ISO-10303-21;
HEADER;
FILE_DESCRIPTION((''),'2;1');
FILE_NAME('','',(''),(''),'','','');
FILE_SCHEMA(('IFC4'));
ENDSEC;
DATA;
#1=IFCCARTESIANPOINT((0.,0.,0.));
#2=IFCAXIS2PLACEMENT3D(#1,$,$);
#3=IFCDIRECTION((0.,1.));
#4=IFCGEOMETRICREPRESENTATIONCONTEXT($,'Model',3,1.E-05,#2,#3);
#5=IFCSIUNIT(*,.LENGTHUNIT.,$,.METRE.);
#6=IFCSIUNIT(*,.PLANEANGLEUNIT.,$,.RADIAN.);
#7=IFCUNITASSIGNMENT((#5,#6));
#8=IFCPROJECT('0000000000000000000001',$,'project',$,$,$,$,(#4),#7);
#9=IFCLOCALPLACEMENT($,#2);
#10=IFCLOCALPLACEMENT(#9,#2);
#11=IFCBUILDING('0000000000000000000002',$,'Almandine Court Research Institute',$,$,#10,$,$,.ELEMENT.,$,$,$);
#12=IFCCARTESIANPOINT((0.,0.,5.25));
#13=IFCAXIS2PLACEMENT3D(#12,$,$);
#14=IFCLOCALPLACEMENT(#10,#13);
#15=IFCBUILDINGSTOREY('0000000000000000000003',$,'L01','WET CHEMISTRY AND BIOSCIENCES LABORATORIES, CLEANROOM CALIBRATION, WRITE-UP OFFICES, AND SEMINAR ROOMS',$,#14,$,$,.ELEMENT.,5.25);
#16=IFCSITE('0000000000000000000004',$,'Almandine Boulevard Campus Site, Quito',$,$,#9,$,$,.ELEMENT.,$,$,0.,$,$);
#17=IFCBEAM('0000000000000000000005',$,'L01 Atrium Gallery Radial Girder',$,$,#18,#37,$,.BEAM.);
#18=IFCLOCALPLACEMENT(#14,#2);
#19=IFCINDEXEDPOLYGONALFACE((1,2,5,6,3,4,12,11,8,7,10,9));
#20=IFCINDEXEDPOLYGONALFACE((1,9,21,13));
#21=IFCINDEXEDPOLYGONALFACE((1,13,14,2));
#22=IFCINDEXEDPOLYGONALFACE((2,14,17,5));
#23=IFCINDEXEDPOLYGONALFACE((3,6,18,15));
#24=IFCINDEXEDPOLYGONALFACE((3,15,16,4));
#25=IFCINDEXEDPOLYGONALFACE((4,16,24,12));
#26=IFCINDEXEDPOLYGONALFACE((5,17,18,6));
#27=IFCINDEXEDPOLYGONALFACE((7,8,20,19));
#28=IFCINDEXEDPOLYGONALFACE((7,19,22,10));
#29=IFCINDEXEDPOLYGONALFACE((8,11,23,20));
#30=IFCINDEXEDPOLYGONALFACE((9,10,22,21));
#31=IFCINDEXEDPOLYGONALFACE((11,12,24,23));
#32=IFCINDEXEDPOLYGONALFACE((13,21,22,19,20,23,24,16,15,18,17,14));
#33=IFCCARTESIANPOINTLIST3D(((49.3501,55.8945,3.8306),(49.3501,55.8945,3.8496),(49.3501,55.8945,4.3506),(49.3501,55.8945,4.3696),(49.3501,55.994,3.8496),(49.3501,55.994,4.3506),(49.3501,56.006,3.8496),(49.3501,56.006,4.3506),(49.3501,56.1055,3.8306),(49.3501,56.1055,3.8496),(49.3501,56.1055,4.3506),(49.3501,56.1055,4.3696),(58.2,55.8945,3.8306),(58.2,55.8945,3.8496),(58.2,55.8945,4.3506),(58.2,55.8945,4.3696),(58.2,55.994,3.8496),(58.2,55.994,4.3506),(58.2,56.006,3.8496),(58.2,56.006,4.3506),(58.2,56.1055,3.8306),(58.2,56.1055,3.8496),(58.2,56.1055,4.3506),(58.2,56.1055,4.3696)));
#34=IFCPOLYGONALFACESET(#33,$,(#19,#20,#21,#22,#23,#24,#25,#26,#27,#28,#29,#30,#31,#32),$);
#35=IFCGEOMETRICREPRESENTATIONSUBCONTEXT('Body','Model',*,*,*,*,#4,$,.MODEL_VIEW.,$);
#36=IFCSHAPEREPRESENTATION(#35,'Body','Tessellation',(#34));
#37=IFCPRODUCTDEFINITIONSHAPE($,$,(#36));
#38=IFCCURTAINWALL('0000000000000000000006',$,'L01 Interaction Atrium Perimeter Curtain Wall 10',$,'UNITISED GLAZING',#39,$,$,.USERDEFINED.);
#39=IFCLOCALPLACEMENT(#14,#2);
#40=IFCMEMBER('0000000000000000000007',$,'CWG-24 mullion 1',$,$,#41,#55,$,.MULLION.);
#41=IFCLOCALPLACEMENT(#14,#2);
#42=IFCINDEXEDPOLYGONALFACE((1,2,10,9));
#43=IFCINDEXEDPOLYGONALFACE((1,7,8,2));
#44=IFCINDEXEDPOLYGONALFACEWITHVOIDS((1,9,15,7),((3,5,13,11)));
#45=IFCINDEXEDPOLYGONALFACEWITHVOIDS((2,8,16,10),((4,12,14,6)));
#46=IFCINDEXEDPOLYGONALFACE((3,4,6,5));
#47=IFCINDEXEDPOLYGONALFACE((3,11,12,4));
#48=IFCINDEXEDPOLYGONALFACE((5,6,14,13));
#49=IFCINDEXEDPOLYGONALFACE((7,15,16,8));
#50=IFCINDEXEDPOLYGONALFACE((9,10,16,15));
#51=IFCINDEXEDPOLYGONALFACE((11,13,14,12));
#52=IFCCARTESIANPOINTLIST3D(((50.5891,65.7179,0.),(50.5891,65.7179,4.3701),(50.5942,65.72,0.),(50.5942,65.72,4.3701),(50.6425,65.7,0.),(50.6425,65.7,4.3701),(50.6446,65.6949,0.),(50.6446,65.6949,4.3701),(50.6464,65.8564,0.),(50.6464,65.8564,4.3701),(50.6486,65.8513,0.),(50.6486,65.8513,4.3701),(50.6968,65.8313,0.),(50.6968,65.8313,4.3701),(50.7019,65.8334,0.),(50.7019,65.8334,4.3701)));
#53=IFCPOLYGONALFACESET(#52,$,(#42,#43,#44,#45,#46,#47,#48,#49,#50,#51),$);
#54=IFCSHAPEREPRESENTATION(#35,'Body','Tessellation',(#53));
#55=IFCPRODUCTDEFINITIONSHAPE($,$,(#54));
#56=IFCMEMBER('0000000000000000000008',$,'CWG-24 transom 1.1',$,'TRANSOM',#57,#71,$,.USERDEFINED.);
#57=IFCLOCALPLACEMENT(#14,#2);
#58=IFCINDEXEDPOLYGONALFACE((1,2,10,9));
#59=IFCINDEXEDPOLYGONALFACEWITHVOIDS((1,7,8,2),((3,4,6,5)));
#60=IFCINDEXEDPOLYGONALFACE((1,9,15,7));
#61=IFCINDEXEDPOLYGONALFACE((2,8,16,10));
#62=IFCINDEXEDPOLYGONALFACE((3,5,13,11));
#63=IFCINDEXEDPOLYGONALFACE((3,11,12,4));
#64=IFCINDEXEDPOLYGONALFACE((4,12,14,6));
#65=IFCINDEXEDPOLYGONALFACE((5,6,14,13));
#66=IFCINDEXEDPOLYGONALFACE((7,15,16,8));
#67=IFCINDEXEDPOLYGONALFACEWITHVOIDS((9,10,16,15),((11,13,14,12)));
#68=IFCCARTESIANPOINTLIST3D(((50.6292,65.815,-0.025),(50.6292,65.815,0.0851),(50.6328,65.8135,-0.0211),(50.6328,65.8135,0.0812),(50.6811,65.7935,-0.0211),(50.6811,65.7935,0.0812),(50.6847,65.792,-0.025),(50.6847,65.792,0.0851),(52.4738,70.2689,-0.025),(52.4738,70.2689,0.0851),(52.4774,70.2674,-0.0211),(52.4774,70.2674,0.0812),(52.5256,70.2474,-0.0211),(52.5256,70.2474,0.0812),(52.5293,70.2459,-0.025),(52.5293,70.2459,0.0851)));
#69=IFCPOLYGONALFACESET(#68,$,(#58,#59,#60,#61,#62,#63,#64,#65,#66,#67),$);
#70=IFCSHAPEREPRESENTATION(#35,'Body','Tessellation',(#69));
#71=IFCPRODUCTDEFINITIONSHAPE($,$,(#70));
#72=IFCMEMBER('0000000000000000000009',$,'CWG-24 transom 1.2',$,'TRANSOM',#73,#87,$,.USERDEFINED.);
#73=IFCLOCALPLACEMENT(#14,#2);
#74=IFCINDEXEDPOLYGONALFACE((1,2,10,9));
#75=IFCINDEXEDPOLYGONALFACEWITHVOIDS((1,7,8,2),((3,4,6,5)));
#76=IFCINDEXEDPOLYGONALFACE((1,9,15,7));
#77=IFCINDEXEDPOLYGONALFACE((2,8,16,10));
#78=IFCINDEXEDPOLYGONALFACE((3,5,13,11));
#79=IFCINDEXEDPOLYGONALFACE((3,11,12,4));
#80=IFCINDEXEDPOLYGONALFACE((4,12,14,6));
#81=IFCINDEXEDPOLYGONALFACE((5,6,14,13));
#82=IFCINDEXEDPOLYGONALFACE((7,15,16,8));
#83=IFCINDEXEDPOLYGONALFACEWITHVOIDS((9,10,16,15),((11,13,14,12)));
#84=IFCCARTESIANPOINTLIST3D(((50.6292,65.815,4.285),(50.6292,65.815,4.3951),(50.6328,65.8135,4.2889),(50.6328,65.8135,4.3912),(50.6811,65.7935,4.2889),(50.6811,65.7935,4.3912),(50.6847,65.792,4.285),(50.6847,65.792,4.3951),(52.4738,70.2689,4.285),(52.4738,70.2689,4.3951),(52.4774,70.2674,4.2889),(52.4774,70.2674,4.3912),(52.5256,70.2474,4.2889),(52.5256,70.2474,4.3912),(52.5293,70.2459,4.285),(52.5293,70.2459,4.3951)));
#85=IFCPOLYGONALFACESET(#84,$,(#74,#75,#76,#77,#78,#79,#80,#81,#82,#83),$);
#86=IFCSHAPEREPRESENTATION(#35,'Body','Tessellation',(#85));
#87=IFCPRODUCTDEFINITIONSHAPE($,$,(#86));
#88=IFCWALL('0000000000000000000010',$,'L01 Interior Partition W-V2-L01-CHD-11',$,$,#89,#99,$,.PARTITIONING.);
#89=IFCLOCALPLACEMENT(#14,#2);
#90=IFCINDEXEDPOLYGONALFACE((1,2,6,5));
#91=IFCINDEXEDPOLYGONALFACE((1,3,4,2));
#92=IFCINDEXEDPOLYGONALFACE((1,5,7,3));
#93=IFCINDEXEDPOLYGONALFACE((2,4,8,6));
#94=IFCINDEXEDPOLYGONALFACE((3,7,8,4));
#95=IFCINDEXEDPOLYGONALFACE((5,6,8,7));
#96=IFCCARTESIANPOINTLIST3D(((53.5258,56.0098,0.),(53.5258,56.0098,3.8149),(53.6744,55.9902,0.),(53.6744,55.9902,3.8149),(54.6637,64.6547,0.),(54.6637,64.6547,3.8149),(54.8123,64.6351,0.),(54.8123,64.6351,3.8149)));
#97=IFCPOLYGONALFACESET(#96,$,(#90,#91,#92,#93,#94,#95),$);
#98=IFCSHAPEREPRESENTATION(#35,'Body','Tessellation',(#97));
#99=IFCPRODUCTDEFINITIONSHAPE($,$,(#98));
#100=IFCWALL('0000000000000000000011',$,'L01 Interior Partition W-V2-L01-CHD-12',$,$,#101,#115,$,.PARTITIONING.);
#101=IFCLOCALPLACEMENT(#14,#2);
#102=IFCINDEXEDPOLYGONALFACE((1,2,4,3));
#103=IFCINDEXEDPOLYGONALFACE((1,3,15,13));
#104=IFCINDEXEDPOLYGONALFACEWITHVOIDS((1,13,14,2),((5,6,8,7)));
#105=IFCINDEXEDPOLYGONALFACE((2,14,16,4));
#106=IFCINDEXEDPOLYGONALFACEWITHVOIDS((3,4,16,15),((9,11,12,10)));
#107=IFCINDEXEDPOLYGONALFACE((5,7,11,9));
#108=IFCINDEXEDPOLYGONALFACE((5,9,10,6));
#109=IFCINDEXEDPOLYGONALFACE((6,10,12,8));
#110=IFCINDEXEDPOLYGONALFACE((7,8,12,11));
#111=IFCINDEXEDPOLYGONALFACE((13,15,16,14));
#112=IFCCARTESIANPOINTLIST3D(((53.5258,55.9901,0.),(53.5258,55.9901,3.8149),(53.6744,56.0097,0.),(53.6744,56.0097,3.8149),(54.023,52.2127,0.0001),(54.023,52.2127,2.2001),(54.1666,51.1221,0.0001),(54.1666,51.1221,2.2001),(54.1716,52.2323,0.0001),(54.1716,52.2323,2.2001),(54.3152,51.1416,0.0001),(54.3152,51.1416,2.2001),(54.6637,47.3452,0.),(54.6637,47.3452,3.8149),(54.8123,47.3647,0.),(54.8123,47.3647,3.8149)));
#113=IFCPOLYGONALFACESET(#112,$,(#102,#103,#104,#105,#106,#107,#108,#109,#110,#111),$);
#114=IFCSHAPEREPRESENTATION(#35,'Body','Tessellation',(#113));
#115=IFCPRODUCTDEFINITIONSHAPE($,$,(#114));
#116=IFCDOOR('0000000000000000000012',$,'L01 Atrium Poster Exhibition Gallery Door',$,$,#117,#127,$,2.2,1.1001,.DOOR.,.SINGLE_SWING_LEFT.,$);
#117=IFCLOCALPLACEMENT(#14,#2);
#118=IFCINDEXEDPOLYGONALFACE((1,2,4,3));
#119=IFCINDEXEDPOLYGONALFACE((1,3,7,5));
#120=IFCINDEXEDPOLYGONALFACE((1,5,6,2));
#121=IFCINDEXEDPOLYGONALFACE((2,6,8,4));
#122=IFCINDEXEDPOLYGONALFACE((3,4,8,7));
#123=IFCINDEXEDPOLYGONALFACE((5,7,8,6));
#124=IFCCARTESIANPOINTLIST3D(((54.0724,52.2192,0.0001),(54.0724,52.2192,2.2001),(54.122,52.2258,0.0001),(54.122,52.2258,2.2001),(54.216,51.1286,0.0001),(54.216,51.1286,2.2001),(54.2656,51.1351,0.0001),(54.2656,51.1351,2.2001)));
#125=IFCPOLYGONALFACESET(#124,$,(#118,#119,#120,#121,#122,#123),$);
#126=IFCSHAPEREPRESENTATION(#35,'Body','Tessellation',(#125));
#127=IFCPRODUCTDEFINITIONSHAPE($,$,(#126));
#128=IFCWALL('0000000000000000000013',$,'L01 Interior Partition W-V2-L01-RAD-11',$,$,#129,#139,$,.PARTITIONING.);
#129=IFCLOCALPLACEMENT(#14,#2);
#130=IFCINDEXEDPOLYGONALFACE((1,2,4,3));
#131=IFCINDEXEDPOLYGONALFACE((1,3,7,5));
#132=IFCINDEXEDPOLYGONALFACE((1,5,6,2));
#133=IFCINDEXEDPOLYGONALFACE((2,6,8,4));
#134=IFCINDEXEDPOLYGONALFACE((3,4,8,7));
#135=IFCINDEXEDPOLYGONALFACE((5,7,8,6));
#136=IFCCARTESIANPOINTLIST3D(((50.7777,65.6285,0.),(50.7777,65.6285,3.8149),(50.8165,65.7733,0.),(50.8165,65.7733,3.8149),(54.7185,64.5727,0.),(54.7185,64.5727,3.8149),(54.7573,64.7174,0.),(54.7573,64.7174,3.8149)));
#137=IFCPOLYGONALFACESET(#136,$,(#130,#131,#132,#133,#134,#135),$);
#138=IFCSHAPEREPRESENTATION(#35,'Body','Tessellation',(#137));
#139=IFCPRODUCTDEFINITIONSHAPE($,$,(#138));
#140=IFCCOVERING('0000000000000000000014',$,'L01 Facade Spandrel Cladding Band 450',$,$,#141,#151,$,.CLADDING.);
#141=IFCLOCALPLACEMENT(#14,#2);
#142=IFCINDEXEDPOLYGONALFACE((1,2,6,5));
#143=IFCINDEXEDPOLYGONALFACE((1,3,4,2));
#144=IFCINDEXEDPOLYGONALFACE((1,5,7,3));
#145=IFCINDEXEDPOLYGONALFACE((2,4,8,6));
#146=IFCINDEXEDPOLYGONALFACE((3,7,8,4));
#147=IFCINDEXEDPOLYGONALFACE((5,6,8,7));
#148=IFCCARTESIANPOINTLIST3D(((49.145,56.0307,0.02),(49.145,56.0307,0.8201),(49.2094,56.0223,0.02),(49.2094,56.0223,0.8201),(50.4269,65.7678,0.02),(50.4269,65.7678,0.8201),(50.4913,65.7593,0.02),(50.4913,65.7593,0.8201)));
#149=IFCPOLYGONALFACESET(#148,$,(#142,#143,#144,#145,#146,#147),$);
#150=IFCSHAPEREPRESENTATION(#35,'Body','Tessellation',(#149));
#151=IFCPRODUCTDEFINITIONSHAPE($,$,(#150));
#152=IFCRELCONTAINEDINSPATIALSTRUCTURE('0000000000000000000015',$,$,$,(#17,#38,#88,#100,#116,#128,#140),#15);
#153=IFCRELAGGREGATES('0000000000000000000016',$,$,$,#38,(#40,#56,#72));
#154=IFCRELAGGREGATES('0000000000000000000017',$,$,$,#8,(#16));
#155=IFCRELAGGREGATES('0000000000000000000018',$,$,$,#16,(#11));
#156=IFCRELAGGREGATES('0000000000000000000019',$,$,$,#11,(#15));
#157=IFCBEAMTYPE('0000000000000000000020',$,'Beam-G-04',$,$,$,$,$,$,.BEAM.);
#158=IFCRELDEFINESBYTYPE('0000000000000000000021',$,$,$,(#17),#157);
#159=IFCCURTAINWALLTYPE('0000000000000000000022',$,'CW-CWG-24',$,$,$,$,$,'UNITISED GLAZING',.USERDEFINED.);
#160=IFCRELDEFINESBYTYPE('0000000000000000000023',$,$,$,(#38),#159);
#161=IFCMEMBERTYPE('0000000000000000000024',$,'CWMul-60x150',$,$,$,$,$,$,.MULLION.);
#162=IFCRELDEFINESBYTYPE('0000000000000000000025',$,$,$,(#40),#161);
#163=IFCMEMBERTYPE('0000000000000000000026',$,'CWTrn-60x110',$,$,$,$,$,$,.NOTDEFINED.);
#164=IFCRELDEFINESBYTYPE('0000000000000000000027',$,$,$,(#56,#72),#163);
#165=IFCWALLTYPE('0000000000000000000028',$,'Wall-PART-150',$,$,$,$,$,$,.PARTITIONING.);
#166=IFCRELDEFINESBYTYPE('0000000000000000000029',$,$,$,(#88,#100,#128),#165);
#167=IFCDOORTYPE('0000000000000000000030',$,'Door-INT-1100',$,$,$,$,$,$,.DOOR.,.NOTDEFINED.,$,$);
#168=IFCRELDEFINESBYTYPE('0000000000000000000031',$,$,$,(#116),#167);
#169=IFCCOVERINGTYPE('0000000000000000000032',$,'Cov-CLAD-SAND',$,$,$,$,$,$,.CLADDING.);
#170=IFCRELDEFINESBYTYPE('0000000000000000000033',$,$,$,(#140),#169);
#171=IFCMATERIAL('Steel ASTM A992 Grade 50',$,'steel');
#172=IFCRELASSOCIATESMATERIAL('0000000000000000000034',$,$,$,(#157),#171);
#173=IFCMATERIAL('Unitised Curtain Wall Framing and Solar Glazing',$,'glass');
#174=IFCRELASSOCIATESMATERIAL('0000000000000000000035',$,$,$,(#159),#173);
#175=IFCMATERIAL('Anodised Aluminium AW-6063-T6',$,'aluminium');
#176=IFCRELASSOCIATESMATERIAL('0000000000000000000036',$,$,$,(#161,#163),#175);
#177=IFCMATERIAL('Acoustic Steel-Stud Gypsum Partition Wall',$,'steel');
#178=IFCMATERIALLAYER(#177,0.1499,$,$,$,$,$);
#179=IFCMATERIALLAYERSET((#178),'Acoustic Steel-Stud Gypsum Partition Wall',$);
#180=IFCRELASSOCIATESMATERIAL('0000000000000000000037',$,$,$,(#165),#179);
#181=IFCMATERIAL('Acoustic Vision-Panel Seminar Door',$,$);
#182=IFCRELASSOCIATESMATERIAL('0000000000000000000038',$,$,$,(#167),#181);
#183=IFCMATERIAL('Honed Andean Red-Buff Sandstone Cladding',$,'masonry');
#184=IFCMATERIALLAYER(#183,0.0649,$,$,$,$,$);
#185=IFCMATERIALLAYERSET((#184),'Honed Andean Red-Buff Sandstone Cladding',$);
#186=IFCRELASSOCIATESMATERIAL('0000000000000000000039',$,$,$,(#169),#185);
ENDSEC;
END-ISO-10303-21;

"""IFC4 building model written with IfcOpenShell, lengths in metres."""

from ifc_helpers import new_model, si_unit, direction, frame, frame_2d, origin, origin_2d, place, context, subcontext, project, spatial, rectangle, hollow_rectangle, i_section, extrude, material, layer, layer_set, material_profile, profile_set, type_object, element, fill, aggregate, save


model = new_model("IFC4")

# Units and contexts
model_context = context("Model", 3, precision=1e-05, world=origin(), true_north=direction((0.0, 1.0)))
body_context = subcontext(model_context, "Body", "Model", "MODEL_VIEW")
ifc_project = project(units=[si_unit("LENGTHUNIT", "METRE"), si_unit("PLANEANGLEUNIT", "RADIAN")], contexts=[model_context])

# Site, building, storey
site_placement = place(None, origin())
site = spatial("IfcSite", under=ifc_project, at=site_placement, Name="Almandine Boulevard Campus Site, Quito", CompositionType="ELEMENT", RefElevation=0.0)
building_placement = place(site_placement, origin())
building = spatial("IfcBuilding", under=site, at=building_placement, Name="Almandine Court Research Institute", CompositionType="ELEMENT")
storey_placement = place(building_placement, frame((0.0, 0.0, 5.25)))
storey = spatial("IfcBuildingStorey", under=building, at=storey_placement, Name="L01", Description="WET CHEMISTRY AND BIOSCIENCES LABORATORIES, CLEANROOM CALIBRATION, WRITE-UP OFFICES, AND SEMINAR ROOMS", CompositionType="ELEMENT", Elevation=5.25)

# Shared definitions
ifc_material_1 = material(Name="Steel ASTM A992 Grade 50", Category="steel")

# Beam
ifc_material_profile_1 = material_profile(ifc_material_1, i_section(OverallWidth=0.2109, OverallDepth=0.5391, WebThickness=0.012, FlangeThickness=0.019, at=origin_2d()), Name="W530x109")
ifc_profile_set_1 = profile_set([ifc_material_profile_1], Name="Steel ASTM A992 Grade 50")
beam_type_1 = type_object("IfcBeamType", Name="Beam-G-04", PredefinedType="BEAM", material=ifc_profile_set_1)
beam_1_placement = place(storey_placement, frame((58.2, 56.0, 4.1001), z_axis=(-1.0, 0.0, 0.0), x_axis=(0.0, -1.0, 0.0)))
element("IfcBeam", 1, at=beam_1_placement, inside=storey, type_object=beam_type_1, Name="L01 Atrium Gallery Radial Girder", PredefinedType="BEAM", context=body_context, shape_type="SweptSolid", body=[
    extrude(i_section(OverallWidth=0.2109, OverallDepth=0.5391, WebThickness=0.012, FlangeThickness=0.019, at=origin_2d()), origin(), (0.0, 0.0, 1.0), 8.8499),
])

# Curtain wall, members
ifc_material_2 = material(Name="Unitised Curtain Wall Framing and Solar Glazing", Category="glass")
curtain_wall_type = type_object("IfcCurtainWallType", Name="CW-CWG-24", ElementType="UNITISED GLAZING", PredefinedType="USERDEFINED", material=ifc_material_2)
curtain_wall_placement = place(storey_placement, origin())
curtain_wall = element("IfcCurtainWall", 2, at=curtain_wall_placement, inside=storey, type_object=curtain_wall_type, Name="L01 Interaction Atrium Perimeter Curtain Wall 10", ObjectType="UNITISED GLAZING", PredefinedType="USERDEFINED")
ifc_material_3 = material(Name="Anodised Aluminium AW-6063-T6", Category="aluminium")
ifc_material_profile_2 = material_profile(ifc_material_3, hollow_rectangle(XDim=0.0601, YDim=0.1499, WallThickness=0.0039, at=origin_2d()), Name="ALU RHS 60x150x4")
ifc_profile_set_2 = profile_set([ifc_material_profile_2], Name="Anodised Aluminium AW-6063-T6")
member_type_1 = type_object("IfcMemberType", Name="CWMul-60x150", PredefinedType="MULLION", material=ifc_profile_set_2)
member_1_placement = place(storey_placement, frame((50.6455, 65.7756, 0.0), z_axis=(0.0, 0.0, 1.0), x_axis=(-0.9239, 0.382634, 0.0)))
member_1 = element("IfcMember", 3, at=member_1_placement, type_object=member_type_1, Name="CWG-24 mullion 1", PredefinedType="MULLION", context=body_context, shape_type="SweptSolid", body=[
    extrude(hollow_rectangle(XDim=0.0601, YDim=0.1499, WallThickness=0.0039, at=origin_2d()), origin(), (0.0, 0.0, 1.0), 4.3701),
])
ifc_material_profile_3 = material_profile(ifc_material_3, hollow_rectangle(XDim=0.0601, YDim=0.1101, WallThickness=0.0039, at=origin_2d()), Name="ALU RHS 60x110x4")
ifc_profile_set_3 = profile_set([ifc_material_profile_3], Name="Anodised Aluminium AW-6063-T6")
member_type_2 = type_object("IfcMemberType", Name="CWTrn-60x110", PredefinedType="NOTDEFINED", material=ifc_profile_set_3)
member_2_placement = place(storey_placement, frame((50.657, 65.8035, 0.03), z_axis=(0.382619, 0.923906, 0.0), x_axis=(-0.923906, 0.382619, 0.0)))
member_2 = element("IfcMember", 4, at=member_2_placement, type_object=member_type_2, Name="CWG-24 transom 1.1", ObjectType="TRANSOM", PredefinedType="USERDEFINED", context=body_context, shape_type="SweptSolid", body=[
    extrude(hollow_rectangle(XDim=0.0601, YDim=0.1101, WallThickness=0.0039, at=origin_2d()), origin(), (0.0, 0.0, 1.0), 4.8208),
])
member_3_placement = place(storey_placement, frame((50.657, 65.8035, 4.3401), z_axis=(0.382619, 0.923906, 0.0), x_axis=(-0.923906, 0.382619, 0.0)))
member_3 = element("IfcMember", 5, at=member_3_placement, type_object=member_type_2, Name="CWG-24 transom 1.2", ObjectType="TRANSOM", PredefinedType="USERDEFINED", context=body_context, shape_type="SweptSolid", body=[
    extrude(hollow_rectangle(XDim=0.0601, YDim=0.1101, WallThickness=0.0039, at=origin_2d()), origin(), (0.0, 0.0, 1.0), 4.8208),
])
aggregate(curtain_wall, [member_1, member_2, member_3])

# Wall
ifc_material_4 = material(Name="Acoustic Steel-Stud Gypsum Partition Wall", Category="steel")
ifc_layer_1 = layer(ifc_material_4, 0.1499)
ifc_layer_set_1 = layer_set([ifc_layer_1], Name="Acoustic Steel-Stud Gypsum Partition Wall")
wall_type = type_object("IfcWallType", Name="Wall-PART-150", PredefinedType="PARTITIONING", material=ifc_layer_set_1)
wall_1_placement = place(storey_placement, frame((54.738, 64.645, 0.0), z_axis=(0.0, 0.0, 1.0), x_axis=(-0.130504, -0.991448, 0.0)))
element("IfcWall", 6, at=wall_1_placement, inside=storey, type_object=wall_type, Name="L01 Interior Partition W-V2-L01-CHD-11", PredefinedType="PARTITIONING", context=body_context, shape_type="SweptSolid", body=[
    extrude(rectangle(XDim=8.7195, YDim=0.1499, at=frame_2d((4.3599, 0.0))), origin(), (0.0, 0.0, 1.0), 3.8149),
])

# Wall, opening, door
wall_2_placement = place(storey_placement, frame((53.6001, 56.0, 0.0), z_axis=(0.0, 0.0, 1.0), x_axis=(0.130504, -0.991448, 0.0)))
wall_2 = element("IfcWall", 7, at=wall_2_placement, inside=storey, type_object=wall_type, Name="L01 Interior Partition W-V2-L01-CHD-12", PredefinedType="PARTITIONING", context=body_context, shape_type="SweptSolid", body=[
    extrude(rectangle(XDim=8.7195, YDim=0.1499, at=frame_2d((4.3599, 0.0))), origin(), (0.0, 0.0, 1.0), 3.8149),
])
opening_placement = place(wall_2_placement, frame((3.8101, 0.0, 0.0)))
opening = element("IfcOpeningElement", 8, at=opening_placement, cuts=wall_2, PredefinedType="OPENING", context=body_context, shape_type="SweptSolid", body=[
    extrude(rectangle(XDim=1.1001, YDim=2.2, at=frame_2d((0.55, 1.1001))), frame((0.0, 0.085, 0.0), z_axis=(0.0, -1.0, 0.0), x_axis=(1.0, 0.0, 0.0)), (0.0, 0.0, 1.0), 0.1699),
])
ifc_material_5 = material(Name="Acoustic Vision-Panel Seminar Door")
door_type = type_object("IfcDoorType", Name="Door-INT-1100", OperationType="NOTDEFINED", PredefinedType="DOOR", material=ifc_material_5)
door_placement = place(opening_placement, origin())
door = element("IfcDoor", 9, at=door_placement, inside=storey, type_object=door_type, Name="L01 Atrium Poster Exhibition Gallery Door", OperationType="SINGLE_SWING_LEFT", OverallHeight=2.2, OverallWidth=1.1001, PredefinedType="DOOR", context=body_context, shape_type="SweptSolid", body=[
    extrude(rectangle(XDim=1.1001, YDim=2.2, at=frame_2d((0.55, 1.1001))), frame((0.0, 0.0249, 0.0), z_axis=(0.0, -1.0, 0.0), x_axis=(1.0, 0.0, 0.0)), (0.0, 0.0, 1.0), 0.05),
])
fill(opening, door)

# Wall
wall_3_placement = place(storey_placement, frame((54.738, 64.645, 0.0), z_axis=(0.0, 0.0, 1.0), x_axis=(-0.965929, 0.258806, 0.0)))
element("IfcWall", 10, at=wall_3_placement, inside=storey, type_object=wall_type, Name="L01 Interior Partition W-V2-L01-RAD-11", PredefinedType="PARTITIONING", context=body_context, shape_type="SweptSolid", body=[
    extrude(rectangle(XDim=4.0798, YDim=0.1499, at=frame_2d((2.04, 0.0))), origin(), (0.0, 0.0, 1.0), 3.8149),
])

# Covering
ifc_material_6 = material(Name="Honed Andean Red-Buff Sandstone Cladding", Category="masonry")
ifc_layer_2 = layer(ifc_material_6, 0.0649)
ifc_layer_set_2 = layer_set([ifc_layer_2], Name="Honed Andean Red-Buff Sandstone Cladding")
covering_type = type_object("IfcCoveringType", Name="Cov-CLAD-SAND", PredefinedType="CLADDING", material=ifc_layer_set_2)
covering_placement = place(storey_placement, frame((49.8181, 60.895, 0.02), z_axis=(0.0, 0.0, 1.0), x_axis=(0.130526, 0.991445, 0.0)))
element("IfcCovering", 11, at=covering_placement, inside=storey, type_object=covering_type, Name="L01 Facade Spandrel Cladding Band 450", PredefinedType="CLADDING", context=body_context, shape_type="SweptSolid", body=[
    extrude(rectangle(XDim=9.821, YDim=0.0649, at=origin_2d()), origin(), (0.0, 0.0, 1.0), 0.8),
])

save(model, "model.ifc")
